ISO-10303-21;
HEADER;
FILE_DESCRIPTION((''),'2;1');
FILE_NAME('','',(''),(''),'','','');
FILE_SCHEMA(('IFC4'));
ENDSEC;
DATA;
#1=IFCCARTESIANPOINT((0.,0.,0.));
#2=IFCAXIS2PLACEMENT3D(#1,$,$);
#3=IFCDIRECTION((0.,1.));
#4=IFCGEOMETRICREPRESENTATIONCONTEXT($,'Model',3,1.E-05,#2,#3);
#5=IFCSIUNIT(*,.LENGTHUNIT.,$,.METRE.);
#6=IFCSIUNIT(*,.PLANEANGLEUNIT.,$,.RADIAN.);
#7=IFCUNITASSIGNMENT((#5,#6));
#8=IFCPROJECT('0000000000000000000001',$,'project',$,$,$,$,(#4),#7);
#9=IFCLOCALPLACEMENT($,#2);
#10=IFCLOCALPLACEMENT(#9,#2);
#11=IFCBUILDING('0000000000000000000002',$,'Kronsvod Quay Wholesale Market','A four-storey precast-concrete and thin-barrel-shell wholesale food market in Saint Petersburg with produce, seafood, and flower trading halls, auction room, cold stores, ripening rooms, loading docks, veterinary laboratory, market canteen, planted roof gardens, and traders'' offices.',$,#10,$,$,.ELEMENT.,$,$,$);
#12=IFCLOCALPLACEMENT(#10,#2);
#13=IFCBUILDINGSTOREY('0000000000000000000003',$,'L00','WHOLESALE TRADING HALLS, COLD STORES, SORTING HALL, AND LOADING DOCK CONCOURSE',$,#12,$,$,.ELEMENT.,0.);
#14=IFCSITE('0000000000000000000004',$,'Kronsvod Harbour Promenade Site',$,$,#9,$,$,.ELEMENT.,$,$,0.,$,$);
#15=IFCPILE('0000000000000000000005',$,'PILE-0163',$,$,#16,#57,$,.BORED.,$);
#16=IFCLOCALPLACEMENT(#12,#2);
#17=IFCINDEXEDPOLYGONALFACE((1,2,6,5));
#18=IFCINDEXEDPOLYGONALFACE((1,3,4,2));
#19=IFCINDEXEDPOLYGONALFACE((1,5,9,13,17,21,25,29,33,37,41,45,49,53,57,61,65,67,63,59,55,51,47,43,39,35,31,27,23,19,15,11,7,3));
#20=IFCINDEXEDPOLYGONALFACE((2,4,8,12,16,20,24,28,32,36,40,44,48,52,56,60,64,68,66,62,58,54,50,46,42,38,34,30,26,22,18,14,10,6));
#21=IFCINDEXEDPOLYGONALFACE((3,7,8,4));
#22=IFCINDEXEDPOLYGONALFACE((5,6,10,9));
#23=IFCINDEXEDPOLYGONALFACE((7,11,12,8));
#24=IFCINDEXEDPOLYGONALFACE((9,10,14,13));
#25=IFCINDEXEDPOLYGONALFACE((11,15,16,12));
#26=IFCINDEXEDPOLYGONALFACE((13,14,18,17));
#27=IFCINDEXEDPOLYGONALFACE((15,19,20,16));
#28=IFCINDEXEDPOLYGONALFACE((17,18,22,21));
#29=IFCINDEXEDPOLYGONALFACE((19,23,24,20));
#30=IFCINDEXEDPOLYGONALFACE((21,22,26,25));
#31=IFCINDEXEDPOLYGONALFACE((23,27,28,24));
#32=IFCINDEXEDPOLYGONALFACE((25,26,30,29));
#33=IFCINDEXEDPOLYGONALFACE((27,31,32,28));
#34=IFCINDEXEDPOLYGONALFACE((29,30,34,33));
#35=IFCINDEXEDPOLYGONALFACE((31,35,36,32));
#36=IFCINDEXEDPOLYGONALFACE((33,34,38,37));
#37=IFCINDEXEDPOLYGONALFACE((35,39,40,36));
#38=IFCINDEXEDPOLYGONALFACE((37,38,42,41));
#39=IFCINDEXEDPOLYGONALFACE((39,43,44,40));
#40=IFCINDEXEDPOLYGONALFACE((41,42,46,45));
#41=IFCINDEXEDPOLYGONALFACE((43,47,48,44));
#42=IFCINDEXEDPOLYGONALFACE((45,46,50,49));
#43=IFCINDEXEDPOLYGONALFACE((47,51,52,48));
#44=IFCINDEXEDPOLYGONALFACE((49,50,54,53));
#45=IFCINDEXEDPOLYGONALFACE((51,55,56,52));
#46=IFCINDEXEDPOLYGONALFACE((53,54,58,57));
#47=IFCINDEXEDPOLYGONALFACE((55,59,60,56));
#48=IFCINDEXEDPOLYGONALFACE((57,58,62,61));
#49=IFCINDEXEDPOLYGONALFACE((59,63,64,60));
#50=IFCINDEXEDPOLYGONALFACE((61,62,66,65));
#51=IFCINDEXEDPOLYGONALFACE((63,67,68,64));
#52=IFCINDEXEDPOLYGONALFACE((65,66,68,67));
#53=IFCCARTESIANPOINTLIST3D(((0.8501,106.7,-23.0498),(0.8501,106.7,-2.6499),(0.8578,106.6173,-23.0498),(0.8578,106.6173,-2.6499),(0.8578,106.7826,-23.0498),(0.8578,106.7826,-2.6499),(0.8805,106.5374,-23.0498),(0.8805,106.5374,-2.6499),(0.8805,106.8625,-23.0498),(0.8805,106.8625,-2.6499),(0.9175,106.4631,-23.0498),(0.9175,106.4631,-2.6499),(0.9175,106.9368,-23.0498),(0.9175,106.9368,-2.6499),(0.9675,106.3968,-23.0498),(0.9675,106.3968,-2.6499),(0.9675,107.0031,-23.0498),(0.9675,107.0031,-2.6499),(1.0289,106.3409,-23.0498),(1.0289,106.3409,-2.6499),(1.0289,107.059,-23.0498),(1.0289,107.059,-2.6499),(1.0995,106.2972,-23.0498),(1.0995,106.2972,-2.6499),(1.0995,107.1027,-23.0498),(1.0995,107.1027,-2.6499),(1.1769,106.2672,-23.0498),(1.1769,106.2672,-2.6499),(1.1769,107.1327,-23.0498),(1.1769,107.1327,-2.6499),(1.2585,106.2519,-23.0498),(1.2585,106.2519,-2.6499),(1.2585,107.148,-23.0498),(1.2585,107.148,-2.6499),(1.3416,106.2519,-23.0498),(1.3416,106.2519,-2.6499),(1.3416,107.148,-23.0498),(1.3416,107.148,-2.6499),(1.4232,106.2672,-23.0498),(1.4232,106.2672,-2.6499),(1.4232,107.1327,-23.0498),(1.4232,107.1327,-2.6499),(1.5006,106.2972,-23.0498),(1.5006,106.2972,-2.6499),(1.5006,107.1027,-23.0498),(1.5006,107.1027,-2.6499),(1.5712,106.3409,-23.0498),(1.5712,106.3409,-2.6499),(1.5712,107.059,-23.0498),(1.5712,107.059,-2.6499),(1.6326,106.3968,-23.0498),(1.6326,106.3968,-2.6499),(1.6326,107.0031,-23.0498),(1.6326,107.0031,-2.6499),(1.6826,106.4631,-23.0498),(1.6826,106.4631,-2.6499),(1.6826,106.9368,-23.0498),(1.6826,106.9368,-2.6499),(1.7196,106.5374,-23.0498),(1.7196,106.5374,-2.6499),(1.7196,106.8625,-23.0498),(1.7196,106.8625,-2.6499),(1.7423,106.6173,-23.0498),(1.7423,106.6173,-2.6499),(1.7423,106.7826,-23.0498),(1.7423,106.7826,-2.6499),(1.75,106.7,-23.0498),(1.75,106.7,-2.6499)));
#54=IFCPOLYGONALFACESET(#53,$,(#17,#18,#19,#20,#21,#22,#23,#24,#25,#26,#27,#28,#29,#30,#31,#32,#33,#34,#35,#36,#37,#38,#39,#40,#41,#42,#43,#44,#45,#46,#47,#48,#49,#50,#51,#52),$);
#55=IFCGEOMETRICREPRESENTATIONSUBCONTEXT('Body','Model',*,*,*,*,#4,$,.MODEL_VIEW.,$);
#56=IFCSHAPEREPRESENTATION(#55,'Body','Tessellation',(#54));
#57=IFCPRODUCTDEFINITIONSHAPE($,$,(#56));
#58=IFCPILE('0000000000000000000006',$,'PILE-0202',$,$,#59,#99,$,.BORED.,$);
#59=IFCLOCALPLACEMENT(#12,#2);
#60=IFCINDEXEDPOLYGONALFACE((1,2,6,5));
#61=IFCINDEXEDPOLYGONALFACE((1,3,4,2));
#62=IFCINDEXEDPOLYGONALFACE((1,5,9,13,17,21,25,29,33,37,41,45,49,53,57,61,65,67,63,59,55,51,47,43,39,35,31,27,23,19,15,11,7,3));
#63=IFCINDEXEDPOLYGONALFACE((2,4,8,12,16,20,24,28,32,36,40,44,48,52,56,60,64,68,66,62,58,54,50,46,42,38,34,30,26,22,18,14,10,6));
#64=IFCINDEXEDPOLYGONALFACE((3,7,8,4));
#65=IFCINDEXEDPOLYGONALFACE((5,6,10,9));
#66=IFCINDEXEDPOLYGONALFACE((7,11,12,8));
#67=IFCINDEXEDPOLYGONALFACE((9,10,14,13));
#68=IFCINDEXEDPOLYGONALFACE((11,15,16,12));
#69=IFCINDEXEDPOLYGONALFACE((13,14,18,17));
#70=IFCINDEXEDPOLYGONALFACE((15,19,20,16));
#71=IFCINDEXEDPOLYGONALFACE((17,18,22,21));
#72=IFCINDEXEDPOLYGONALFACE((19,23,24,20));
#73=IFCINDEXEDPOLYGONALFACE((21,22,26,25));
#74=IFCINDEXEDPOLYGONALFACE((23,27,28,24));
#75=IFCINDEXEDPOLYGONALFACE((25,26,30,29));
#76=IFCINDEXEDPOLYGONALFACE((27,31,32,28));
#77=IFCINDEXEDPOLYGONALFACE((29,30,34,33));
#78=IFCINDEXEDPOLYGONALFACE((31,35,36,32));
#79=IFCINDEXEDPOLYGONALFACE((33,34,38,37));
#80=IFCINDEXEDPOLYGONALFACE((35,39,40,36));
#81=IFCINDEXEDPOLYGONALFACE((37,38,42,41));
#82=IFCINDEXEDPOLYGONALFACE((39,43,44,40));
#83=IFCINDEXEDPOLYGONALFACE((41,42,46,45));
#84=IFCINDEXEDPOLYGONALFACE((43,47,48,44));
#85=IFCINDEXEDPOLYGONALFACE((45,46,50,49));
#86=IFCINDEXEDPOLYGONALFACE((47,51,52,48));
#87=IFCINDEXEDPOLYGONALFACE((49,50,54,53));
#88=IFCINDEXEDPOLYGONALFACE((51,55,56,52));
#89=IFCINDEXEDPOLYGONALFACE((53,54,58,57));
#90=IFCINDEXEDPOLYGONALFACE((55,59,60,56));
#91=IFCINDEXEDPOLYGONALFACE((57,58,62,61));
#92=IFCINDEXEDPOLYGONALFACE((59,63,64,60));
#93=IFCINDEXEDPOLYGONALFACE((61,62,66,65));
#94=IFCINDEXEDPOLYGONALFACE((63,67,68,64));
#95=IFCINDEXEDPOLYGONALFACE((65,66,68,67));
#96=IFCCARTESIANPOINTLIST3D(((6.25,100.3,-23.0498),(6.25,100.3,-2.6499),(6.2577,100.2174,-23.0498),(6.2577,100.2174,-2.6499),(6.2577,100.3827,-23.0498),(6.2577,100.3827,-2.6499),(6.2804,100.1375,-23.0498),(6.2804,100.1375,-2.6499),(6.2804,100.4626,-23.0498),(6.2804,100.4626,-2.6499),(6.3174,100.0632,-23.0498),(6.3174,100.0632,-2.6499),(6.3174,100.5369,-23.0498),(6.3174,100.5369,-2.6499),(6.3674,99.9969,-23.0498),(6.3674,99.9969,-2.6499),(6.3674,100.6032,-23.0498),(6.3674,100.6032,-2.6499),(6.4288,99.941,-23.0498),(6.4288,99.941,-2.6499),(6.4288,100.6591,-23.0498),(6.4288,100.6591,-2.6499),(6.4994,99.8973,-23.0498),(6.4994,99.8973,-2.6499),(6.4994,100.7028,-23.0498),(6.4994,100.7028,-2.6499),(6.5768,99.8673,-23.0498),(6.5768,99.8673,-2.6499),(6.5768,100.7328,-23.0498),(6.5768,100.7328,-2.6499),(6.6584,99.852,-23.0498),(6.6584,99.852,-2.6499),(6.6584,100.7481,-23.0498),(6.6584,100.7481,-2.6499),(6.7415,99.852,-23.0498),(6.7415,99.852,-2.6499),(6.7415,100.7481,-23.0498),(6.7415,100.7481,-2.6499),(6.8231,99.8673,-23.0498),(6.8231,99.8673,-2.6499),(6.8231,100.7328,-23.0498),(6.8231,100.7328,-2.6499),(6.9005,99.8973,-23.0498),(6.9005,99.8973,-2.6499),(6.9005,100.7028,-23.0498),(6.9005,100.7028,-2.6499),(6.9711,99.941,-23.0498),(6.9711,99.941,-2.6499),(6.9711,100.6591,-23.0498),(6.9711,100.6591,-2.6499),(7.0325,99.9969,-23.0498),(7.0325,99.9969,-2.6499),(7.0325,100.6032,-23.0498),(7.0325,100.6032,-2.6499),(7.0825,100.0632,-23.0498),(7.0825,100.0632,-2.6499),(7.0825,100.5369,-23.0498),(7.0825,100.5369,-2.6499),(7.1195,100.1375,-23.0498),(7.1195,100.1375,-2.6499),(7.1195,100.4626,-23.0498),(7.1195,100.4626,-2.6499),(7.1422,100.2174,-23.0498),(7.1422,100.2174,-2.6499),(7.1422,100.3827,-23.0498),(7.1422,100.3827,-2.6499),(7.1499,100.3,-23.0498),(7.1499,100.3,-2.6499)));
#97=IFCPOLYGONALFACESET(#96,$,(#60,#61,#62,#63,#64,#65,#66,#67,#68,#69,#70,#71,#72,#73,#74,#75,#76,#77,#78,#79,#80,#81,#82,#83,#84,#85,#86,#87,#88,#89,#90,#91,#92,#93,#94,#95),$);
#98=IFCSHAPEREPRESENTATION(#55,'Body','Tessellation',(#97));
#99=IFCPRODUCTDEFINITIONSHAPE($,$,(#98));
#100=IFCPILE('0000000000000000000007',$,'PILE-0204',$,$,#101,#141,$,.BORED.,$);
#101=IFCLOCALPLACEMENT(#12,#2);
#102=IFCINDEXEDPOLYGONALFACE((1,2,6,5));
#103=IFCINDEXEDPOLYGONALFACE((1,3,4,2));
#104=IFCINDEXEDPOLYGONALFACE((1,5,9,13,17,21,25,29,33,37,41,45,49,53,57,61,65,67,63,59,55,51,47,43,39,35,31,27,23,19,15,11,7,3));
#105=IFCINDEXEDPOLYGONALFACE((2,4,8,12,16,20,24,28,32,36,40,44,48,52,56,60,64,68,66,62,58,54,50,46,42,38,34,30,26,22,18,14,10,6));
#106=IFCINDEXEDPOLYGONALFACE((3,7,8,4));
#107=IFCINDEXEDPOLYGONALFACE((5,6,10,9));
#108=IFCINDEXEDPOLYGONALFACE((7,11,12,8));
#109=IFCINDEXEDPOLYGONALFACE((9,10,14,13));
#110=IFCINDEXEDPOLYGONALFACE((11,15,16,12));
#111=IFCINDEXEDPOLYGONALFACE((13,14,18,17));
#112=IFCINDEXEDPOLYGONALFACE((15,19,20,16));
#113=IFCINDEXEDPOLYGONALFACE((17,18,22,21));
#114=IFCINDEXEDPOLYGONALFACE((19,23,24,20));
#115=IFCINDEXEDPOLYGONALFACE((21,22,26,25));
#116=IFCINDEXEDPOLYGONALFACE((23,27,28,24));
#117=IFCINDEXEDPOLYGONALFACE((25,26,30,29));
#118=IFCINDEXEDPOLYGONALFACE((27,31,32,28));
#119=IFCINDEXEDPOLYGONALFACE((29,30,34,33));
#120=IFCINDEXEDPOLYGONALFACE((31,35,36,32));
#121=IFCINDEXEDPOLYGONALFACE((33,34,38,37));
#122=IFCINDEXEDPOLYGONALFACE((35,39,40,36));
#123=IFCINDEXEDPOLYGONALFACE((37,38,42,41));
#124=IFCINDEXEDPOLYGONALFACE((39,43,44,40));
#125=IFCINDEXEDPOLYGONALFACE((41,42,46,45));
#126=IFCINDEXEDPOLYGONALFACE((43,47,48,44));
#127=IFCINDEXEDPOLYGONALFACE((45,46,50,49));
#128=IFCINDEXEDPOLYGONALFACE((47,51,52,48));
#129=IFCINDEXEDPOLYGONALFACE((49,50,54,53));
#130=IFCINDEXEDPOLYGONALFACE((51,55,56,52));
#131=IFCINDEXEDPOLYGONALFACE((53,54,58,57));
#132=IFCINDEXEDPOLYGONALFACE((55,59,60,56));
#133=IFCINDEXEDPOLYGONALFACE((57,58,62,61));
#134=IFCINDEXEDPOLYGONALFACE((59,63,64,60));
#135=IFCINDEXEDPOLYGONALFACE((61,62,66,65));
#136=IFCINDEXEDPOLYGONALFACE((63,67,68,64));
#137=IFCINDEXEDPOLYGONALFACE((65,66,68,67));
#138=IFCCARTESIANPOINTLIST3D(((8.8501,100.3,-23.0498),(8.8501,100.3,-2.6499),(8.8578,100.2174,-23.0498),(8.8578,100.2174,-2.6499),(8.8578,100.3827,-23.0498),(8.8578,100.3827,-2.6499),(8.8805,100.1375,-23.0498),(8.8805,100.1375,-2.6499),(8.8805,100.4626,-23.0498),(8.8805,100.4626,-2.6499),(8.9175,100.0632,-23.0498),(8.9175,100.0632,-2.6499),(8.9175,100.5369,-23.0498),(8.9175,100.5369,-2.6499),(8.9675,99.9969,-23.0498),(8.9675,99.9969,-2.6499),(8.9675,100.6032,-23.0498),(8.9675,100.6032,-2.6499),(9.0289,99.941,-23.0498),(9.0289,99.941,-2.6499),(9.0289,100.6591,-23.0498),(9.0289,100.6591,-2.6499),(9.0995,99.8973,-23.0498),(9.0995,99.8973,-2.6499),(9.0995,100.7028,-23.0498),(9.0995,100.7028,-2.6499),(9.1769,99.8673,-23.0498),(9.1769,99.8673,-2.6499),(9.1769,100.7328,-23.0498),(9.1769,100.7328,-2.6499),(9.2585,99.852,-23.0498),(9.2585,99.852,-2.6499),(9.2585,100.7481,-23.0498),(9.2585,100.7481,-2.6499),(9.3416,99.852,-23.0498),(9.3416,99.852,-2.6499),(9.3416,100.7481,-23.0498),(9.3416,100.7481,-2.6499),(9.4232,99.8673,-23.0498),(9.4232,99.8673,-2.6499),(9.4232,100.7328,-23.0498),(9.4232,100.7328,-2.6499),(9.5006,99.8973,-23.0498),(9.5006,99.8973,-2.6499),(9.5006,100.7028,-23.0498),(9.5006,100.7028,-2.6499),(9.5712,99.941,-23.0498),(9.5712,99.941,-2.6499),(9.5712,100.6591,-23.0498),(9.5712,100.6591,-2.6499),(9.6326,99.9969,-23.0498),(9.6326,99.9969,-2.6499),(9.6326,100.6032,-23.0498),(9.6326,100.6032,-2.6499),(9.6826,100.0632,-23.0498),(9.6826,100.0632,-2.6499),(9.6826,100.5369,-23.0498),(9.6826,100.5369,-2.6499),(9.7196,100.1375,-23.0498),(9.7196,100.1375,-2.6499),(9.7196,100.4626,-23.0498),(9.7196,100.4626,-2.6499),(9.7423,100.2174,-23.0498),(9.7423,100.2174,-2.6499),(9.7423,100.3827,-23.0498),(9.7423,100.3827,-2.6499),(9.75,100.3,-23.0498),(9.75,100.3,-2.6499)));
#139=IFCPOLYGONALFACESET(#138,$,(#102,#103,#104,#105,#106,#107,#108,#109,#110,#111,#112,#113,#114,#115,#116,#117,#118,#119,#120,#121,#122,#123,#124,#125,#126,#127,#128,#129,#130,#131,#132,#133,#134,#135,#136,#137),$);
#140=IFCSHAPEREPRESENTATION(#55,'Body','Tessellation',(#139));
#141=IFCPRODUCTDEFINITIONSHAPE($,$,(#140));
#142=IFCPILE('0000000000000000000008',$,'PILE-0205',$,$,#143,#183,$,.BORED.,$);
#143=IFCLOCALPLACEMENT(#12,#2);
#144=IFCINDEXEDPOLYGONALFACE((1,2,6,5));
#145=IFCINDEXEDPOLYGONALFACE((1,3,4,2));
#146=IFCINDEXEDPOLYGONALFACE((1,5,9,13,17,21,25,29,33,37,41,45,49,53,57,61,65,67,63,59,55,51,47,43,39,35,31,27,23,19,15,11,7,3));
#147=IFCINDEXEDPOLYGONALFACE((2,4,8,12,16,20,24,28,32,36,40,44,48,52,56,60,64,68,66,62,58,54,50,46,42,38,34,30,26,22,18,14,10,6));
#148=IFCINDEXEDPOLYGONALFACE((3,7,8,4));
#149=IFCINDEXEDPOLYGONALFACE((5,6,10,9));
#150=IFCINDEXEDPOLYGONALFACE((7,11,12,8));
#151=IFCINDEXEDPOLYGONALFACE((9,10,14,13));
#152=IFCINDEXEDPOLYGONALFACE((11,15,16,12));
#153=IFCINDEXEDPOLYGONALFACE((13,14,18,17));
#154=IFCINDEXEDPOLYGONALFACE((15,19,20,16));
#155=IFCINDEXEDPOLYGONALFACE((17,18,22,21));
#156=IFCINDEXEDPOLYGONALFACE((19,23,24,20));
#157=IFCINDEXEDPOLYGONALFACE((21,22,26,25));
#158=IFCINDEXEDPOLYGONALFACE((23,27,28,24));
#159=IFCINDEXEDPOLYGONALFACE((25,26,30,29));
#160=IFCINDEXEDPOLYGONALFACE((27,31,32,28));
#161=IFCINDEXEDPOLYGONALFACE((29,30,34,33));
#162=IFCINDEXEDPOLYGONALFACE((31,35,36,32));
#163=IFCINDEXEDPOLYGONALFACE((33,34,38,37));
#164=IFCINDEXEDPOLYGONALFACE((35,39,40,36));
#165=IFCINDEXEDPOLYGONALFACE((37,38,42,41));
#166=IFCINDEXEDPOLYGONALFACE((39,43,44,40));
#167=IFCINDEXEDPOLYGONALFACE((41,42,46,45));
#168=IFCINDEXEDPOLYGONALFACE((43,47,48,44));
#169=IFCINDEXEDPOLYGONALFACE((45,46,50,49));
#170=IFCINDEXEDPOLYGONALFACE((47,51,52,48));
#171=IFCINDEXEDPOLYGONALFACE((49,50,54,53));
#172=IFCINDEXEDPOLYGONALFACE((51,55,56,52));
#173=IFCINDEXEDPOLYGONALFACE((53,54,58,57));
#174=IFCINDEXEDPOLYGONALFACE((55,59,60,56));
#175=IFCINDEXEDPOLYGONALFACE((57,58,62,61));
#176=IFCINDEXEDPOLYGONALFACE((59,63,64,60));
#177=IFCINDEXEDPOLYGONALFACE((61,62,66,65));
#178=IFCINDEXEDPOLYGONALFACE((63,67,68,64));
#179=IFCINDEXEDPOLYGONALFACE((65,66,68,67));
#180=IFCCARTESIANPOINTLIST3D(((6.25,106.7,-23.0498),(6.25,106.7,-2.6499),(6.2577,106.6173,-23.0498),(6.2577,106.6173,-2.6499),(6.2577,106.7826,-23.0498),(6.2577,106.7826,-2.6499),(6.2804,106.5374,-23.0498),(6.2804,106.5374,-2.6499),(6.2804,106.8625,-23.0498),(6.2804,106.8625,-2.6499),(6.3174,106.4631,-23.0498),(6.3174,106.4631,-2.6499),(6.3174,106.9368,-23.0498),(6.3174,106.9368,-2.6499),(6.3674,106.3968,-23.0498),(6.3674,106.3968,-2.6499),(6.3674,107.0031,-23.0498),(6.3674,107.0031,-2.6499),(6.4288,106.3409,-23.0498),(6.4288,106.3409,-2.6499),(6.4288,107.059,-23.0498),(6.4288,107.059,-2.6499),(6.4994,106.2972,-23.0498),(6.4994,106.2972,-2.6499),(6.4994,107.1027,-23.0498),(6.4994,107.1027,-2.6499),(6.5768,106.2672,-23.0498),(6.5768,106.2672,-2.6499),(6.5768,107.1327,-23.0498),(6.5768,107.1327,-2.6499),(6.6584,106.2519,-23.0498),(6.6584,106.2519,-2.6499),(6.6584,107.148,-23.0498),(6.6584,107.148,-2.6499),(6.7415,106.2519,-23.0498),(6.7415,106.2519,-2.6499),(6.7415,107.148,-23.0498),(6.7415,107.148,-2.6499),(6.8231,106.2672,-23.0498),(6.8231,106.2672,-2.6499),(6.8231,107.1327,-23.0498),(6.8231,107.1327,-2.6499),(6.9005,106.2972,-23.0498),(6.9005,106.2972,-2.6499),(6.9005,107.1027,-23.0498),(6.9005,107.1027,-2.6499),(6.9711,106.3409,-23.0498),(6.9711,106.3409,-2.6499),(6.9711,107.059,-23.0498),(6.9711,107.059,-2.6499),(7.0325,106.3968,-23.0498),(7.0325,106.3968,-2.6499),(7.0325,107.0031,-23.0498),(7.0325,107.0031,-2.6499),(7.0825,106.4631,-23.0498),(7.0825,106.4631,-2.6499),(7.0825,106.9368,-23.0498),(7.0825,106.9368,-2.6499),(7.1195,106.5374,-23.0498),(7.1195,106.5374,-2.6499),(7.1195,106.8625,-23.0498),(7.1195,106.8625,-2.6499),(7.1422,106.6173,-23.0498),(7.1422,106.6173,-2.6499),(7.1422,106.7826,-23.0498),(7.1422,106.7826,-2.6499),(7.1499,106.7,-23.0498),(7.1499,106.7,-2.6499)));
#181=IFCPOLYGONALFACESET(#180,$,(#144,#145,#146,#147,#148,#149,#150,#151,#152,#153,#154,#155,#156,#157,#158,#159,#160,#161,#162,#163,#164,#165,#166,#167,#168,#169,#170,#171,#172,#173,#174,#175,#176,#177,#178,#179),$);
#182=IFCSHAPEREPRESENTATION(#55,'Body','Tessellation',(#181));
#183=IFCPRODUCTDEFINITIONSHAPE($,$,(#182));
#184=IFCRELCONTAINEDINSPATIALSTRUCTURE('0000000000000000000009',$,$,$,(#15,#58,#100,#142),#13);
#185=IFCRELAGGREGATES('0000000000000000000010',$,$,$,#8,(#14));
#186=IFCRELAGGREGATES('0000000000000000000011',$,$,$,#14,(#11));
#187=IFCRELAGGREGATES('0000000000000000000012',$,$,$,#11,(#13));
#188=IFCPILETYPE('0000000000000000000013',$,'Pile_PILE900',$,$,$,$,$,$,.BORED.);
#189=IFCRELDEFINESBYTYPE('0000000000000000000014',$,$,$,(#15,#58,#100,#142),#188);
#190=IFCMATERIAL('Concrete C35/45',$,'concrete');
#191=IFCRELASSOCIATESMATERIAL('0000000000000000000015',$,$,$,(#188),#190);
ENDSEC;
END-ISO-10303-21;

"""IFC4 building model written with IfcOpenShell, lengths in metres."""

from ifc_helpers import new_model, si_unit, direction, frame, origin, origin_2d, place, context, subcontext, project, spatial, circle, extrude, material, material_profile, profile_set, type_object, element, save


model = new_model("IFC4")

# Units and contexts
model_context = context("Model", 3, precision=1e-05, world=origin(), true_north=direction((0.0, 1.0)))
body_context = subcontext(model_context, "Body", "Model", "MODEL_VIEW")
ifc_project = project(units=[si_unit("LENGTHUNIT", "METRE"), si_unit("PLANEANGLEUNIT", "RADIAN")], contexts=[model_context])

# Site, building, storey
site_placement = place(None, origin())
site = spatial("IfcSite", under=ifc_project, at=site_placement, Name="Kronsvod Harbour Promenade Site", CompositionType="ELEMENT", RefElevation=0.0)
building_placement = place(site_placement, origin())
building = spatial("IfcBuilding", under=site, at=building_placement, Name="Kronsvod Quay Wholesale Market", Description="A four-storey precast-concrete and thin-barrel-shell wholesale food market in Saint Petersburg with produce, seafood, and flower trading halls, auction room, cold stores, ripening rooms, loading docks, veterinary laboratory, market canteen, planted roof gardens, and traders' offices.", CompositionType="ELEMENT")
storey_placement = place(building_placement, origin())
storey = spatial("IfcBuildingStorey", under=building, at=storey_placement, Name="L00", Description="WHOLESALE TRADING HALLS, COLD STORES, SORTING HALL, AND LOADING DOCK CONCOURSE", CompositionType="ELEMENT", Elevation=0.0)

# Piles
ifc_material_1 = material(Name="Concrete C35/45", Category="concrete")
ifc_material_profile_1 = material_profile(ifc_material_1, circle(Radius=0.45, at=origin_2d()), Name="PILE900")
ifc_profile_set_1 = profile_set([ifc_material_profile_1], Name="Concrete C35/45")
pile_type = type_object("IfcPileType", Name="Pile_PILE900", PredefinedType="BORED", material=ifc_profile_set_1)
for number, where, z_axis, x_axis, name in (
    (1, (1.3, 106.7, -2.6499), (0.0, 0.0, -1.0), (1.0, 0.0, 0.0), "PILE-0163"),
    (2, (6.7, 100.3, -2.6499), (0.0, 0.0, -1.0), (1.0, 0.0, 0.0), "PILE-0202"),
    (3, (9.3, 100.3, -2.6499), (0.0, 0.0, -1.0), (1.0, 0.0, 0.0), "PILE-0204"),
    (4, (6.7, 106.7, -2.6499), (0.0, 0.0, -1.0), (1.0, 0.0, 0.0), "PILE-0205"),
):
    element("IfcPile", number, at=place(storey_placement, frame(where, z_axis=z_axis, x_axis=x_axis)), inside=storey, type_object=pile_type, Name=name, PredefinedType="BORED", context=body_context, shape_type="SweptSolid", body=[
        extrude(circle(Radius=0.45, at=origin_2d()), origin(), (0.0, 0.0, 1.0), 20.3999),
    ])

save(model, "model.ifc")
